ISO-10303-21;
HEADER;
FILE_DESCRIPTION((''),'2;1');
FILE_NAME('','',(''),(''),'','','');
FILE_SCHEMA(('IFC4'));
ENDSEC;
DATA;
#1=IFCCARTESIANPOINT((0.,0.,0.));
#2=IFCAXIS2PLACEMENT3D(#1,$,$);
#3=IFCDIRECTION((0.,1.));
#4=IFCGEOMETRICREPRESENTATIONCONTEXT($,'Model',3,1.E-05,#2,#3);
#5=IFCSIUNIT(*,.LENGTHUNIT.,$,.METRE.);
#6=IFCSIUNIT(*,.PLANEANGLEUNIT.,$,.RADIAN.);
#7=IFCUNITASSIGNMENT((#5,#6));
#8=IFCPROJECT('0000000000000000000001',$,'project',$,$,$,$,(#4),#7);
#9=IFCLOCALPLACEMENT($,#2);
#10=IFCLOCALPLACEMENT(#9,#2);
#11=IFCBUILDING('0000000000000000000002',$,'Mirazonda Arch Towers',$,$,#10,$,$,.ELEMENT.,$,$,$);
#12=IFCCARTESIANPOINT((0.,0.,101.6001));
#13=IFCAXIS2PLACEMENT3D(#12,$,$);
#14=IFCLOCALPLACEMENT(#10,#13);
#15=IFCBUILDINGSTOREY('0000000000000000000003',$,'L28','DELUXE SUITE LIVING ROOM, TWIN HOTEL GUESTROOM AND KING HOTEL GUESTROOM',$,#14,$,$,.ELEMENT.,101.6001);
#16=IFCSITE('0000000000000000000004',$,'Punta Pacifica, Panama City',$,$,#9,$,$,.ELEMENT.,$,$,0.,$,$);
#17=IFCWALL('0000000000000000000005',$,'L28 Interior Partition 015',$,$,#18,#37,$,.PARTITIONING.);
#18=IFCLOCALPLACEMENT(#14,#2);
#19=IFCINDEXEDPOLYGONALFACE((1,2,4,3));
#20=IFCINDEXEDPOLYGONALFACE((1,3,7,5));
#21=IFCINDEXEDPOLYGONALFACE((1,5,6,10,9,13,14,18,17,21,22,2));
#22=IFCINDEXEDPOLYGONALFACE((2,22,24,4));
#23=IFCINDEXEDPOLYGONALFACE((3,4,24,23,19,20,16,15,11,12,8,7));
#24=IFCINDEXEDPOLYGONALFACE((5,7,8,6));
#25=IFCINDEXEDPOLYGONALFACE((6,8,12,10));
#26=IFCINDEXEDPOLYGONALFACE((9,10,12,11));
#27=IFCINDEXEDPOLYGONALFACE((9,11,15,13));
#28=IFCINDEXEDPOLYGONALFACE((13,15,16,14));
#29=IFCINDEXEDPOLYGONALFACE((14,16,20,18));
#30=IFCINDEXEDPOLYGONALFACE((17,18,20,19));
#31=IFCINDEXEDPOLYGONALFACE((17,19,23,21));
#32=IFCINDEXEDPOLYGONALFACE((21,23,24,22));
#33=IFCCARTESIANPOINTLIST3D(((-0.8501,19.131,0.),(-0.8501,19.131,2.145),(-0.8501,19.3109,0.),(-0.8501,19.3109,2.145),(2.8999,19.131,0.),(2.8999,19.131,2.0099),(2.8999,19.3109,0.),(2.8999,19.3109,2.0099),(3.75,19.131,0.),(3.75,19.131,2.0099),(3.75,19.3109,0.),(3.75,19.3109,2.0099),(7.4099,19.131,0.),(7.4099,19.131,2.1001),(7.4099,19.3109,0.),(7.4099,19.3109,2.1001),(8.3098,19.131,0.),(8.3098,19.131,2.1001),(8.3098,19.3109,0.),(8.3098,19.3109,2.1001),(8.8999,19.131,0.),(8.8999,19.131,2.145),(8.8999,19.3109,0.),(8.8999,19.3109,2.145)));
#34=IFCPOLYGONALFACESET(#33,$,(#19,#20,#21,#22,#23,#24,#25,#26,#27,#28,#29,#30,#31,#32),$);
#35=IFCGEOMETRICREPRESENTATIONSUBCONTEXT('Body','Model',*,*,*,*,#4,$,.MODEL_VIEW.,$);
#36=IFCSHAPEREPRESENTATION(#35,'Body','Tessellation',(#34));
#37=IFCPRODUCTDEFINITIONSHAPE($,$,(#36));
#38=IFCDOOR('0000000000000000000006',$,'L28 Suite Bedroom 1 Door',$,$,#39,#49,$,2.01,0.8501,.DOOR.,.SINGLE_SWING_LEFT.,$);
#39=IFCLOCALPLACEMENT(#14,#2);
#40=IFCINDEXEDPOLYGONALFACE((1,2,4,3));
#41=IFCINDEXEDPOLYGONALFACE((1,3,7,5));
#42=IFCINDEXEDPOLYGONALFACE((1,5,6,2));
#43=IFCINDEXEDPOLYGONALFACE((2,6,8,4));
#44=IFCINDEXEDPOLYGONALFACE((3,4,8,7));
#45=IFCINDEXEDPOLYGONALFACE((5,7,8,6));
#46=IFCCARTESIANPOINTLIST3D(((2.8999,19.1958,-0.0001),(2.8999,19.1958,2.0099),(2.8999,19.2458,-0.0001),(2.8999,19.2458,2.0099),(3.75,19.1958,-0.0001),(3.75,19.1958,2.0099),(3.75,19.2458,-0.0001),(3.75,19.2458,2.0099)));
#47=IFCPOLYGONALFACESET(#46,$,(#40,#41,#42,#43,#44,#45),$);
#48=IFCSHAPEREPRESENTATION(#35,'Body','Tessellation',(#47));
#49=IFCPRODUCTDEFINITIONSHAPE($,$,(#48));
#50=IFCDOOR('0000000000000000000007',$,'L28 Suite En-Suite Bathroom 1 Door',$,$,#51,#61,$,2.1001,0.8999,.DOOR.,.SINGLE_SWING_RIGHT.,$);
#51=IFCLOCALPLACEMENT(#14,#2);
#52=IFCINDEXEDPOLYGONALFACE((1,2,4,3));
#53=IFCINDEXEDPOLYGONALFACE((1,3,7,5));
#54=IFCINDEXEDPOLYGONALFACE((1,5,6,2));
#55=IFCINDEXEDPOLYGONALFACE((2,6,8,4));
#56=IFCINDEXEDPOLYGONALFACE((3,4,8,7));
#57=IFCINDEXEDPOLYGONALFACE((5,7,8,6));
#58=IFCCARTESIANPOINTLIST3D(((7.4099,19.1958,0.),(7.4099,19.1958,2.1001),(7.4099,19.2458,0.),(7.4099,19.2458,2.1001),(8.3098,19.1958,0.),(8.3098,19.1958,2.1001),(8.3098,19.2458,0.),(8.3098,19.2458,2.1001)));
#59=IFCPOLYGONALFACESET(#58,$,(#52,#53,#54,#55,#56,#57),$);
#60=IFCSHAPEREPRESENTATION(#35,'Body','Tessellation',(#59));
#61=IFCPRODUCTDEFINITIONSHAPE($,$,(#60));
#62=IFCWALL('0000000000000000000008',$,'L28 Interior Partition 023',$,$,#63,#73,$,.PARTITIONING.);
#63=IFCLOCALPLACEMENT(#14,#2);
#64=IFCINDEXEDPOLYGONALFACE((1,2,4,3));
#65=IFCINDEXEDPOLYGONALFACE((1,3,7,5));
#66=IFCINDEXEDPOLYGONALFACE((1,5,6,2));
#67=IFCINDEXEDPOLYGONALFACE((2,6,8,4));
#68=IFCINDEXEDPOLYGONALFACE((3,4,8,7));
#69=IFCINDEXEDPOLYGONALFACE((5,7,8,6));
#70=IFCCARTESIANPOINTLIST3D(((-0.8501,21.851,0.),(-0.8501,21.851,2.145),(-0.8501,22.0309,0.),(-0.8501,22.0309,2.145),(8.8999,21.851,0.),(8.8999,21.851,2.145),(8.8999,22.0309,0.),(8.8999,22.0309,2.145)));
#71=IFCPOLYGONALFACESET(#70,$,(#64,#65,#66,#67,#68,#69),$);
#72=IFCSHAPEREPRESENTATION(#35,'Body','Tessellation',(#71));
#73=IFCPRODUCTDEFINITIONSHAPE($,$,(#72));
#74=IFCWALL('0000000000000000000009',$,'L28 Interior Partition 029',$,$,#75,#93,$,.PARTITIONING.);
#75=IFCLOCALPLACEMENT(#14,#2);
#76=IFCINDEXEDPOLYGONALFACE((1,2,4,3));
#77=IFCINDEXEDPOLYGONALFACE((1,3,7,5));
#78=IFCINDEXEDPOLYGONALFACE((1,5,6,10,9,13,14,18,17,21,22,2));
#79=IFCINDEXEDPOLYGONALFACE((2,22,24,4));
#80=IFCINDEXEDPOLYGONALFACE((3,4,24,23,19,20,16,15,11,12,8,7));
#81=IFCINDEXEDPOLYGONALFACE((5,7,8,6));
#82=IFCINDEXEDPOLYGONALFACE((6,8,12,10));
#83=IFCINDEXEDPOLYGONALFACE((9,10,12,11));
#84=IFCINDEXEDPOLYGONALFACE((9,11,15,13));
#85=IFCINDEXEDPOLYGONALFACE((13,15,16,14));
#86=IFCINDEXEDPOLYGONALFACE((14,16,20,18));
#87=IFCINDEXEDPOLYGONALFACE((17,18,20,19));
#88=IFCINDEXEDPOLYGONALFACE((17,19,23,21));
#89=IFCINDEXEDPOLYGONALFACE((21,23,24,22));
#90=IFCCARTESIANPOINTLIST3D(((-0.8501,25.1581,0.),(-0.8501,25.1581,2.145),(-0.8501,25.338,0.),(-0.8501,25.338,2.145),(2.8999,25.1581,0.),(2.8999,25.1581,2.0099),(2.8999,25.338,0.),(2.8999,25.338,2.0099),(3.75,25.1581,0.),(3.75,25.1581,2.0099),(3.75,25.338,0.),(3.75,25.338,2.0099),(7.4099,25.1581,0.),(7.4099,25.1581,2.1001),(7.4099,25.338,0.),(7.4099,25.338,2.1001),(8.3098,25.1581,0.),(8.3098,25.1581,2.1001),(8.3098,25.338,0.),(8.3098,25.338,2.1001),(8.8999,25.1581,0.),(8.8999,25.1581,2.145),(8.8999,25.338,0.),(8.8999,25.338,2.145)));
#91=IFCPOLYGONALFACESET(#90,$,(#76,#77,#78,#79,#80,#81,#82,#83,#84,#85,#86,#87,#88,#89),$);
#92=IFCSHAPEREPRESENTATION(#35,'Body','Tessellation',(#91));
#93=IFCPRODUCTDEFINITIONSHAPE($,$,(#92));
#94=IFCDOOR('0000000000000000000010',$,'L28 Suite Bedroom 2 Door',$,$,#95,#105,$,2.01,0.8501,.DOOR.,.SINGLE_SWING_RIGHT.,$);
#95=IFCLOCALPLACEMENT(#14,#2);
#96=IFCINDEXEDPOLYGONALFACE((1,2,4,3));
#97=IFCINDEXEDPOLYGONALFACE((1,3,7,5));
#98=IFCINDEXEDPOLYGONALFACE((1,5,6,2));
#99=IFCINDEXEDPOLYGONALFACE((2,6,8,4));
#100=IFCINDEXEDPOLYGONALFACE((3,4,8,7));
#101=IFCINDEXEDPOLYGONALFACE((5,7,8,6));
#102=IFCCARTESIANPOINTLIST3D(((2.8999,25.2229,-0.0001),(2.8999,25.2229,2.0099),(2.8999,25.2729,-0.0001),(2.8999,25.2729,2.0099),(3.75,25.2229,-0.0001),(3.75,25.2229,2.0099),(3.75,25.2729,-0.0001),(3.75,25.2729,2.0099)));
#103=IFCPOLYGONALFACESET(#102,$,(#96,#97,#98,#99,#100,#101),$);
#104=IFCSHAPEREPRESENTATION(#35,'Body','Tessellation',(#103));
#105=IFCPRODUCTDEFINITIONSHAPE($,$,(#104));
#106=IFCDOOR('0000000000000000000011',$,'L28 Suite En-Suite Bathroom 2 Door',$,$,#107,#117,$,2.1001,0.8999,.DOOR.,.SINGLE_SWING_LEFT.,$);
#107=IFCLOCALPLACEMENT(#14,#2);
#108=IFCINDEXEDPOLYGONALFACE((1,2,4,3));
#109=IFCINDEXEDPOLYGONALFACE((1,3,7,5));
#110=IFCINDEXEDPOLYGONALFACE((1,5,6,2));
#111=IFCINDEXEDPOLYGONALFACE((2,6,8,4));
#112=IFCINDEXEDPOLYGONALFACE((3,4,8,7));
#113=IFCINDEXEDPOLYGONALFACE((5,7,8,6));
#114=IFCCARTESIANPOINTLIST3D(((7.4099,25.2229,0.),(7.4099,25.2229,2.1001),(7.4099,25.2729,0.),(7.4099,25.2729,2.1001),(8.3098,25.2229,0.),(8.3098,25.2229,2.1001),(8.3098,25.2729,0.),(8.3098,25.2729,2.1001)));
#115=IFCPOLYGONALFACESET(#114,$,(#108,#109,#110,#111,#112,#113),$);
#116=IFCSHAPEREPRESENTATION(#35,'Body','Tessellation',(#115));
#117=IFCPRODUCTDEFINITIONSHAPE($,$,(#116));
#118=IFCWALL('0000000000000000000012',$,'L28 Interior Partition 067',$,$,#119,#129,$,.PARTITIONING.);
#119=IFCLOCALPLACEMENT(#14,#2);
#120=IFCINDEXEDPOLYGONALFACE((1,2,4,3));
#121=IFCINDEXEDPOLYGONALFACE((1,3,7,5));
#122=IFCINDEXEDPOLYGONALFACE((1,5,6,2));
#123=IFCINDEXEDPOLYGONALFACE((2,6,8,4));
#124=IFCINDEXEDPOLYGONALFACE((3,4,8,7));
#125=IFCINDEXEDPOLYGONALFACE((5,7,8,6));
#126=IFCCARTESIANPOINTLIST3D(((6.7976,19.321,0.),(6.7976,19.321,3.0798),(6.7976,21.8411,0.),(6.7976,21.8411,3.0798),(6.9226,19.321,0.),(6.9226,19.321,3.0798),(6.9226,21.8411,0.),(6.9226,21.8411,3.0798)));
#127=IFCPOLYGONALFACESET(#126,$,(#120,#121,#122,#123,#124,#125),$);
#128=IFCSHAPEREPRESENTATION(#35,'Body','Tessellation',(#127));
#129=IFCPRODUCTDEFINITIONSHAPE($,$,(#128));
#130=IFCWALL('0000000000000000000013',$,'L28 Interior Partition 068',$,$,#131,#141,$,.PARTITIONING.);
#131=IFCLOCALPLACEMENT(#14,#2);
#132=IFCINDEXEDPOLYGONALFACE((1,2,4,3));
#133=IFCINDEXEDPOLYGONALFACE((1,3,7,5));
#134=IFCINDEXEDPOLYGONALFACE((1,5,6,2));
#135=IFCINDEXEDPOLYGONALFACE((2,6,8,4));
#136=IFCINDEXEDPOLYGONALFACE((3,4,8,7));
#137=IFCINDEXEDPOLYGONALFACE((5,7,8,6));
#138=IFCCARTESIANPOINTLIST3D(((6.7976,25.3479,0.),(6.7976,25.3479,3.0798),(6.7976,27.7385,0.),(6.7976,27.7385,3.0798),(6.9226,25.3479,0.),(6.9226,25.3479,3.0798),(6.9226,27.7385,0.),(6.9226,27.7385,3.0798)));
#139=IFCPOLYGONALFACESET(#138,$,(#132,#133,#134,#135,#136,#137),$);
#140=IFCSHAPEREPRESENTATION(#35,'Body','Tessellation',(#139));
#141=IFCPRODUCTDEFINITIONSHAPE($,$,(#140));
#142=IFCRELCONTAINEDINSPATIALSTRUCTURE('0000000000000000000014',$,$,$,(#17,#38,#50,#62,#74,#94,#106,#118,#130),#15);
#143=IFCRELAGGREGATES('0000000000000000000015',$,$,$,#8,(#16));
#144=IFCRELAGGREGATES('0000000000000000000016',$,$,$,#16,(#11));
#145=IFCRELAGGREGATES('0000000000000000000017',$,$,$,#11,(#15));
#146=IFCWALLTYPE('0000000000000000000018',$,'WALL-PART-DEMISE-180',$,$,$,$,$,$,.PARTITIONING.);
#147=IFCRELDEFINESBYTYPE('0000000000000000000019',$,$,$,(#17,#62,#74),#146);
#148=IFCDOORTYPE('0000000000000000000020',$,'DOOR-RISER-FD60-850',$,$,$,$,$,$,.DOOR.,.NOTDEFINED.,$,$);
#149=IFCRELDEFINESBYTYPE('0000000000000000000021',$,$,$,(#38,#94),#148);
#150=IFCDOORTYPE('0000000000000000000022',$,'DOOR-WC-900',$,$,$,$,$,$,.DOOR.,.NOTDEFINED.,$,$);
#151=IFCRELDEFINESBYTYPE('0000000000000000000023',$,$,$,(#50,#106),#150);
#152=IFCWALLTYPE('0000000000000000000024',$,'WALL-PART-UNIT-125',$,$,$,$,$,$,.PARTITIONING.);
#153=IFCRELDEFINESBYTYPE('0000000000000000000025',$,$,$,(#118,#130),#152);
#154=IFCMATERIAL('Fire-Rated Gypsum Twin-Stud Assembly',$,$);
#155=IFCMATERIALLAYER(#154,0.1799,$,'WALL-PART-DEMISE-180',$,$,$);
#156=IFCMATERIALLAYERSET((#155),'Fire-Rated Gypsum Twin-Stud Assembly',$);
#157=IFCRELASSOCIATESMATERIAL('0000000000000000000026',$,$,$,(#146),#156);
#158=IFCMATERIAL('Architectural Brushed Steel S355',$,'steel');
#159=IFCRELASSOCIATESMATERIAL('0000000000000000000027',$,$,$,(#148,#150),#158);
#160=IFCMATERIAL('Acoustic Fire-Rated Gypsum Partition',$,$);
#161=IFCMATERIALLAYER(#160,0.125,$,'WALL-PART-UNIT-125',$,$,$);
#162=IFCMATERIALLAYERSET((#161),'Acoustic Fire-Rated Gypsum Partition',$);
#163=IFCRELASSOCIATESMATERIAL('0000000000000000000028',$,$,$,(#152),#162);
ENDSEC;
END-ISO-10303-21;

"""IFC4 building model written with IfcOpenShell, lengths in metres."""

from ifc_helpers import new_model, si_unit, direction, frame, frame_2d, origin, place, context, subcontext, project, spatial, rectangle, extrude, material, layer, layer_set, type_object, element, fill, save


model = new_model("IFC4")

# Units and contexts
model_context = context("Model", 3, precision=1e-05, world=origin(), true_north=direction((0.0, 1.0)))
body_context = subcontext(model_context, "Body", "Model", "MODEL_VIEW")
ifc_project = project(units=[si_unit("LENGTHUNIT", "METRE"), si_unit("PLANEANGLEUNIT", "RADIAN")], contexts=[model_context])

# Site, building, storey
site_placement = place(None, origin())
site = spatial("IfcSite", under=ifc_project, at=site_placement, Name="Punta Pacifica, Panama City", CompositionType="ELEMENT", RefElevation=0.0)
building_placement = place(site_placement, origin())
building = spatial("IfcBuilding", under=site, at=building_placement, Name="Mirazonda Arch Towers", CompositionType="ELEMENT")
storey_placement = place(building_placement, frame((0.0, 0.0, 101.6001)))
storey = spatial("IfcBuildingStorey", under=building, at=storey_placement, Name="L28", Description="DELUXE SUITE LIVING ROOM, TWIN HOTEL GUESTROOM AND KING HOTEL GUESTROOM", CompositionType="ELEMENT", Elevation=101.6001)

# Wall, openings, doors
ifc_material_1 = material(Name="Fire-Rated Gypsum Twin-Stud Assembly")
ifc_layer_1 = layer(ifc_material_1, 0.1799, Name="WALL-PART-DEMISE-180")
ifc_layer_set_1 = layer_set([ifc_layer_1], Name="Fire-Rated Gypsum Twin-Stud Assembly")
wall_type_1 = type_object("IfcWallType", Name="WALL-PART-DEMISE-180", PredefinedType="PARTITIONING", material=ifc_layer_set_1)
wall_1_placement = place(storey_placement, frame((-0.8501, 19.2209, 0.0), z_axis=(0.0, 0.0, 1.0), x_axis=(1.0, 0.0, 0.0)))
wall_1 = element("IfcWall", 1, at=wall_1_placement, inside=storey, type_object=wall_type_1, Name="L28 Interior Partition 015", PredefinedType="PARTITIONING", context=body_context, shape_type="SweptSolid", body=[
    extrude(rectangle(XDim=9.75, YDim=0.1799, at=frame_2d((4.875, 0.0))), origin(), (0.0, 0.0, 1.0), 2.145),
])
opening_1_placement = place(wall_1_placement, frame((3.75, 0.0, 0.0)))
opening_1 = element("IfcOpeningElement", 2, at=opening_1_placement, cuts=wall_1, PredefinedType="OPENING", context=body_context, shape_type="SweptSolid", body=[
    extrude(rectangle(XDim=0.8501, YDim=2.01, at=frame_2d((0.425, 1.0049))), frame((0.0, 0.0999, 0.0), z_axis=(0.0, -1.0, 0.0), x_axis=(1.0, 0.0, 0.0)), (0.0, 0.0, 1.0), 0.2),
])
opening_2_placement = place(wall_1_placement, frame((8.26, 0.0, 0.0)))
opening_2 = element("IfcOpeningElement", 3, at=opening_2_placement, cuts=wall_1, PredefinedType="OPENING", context=body_context, shape_type="SweptSolid", body=[
    extrude(rectangle(XDim=0.8999, YDim=2.1001, at=frame_2d((0.45, 1.05))), frame((0.0, 0.0999, 0.0), z_axis=(0.0, -1.0, 0.0), x_axis=(1.0, 0.0, 0.0)), (0.0, 0.0, 1.0), 0.2),
])
ifc_material_2 = material(Name="Architectural Brushed Steel S355", Category="steel")
door_type_1 = type_object("IfcDoorType", Name="DOOR-RISER-FD60-850", OperationType="NOTDEFINED", PredefinedType="DOOR", material=ifc_material_2)
door_1_placement = place(opening_1_placement, origin())
door_1 = element("IfcDoor", 4, at=door_1_placement, inside=storey, type_object=door_type_1, Name="L28 Suite Bedroom 1 Door", OperationType="SINGLE_SWING_LEFT", OverallHeight=2.01, OverallWidth=0.8501, PredefinedType="DOOR", context=body_context, shape_type="SweptSolid", body=[
    extrude(rectangle(XDim=0.8501, YDim=2.01, at=frame_2d((0.425, 1.0049))), frame((0.0, 0.0249, 0.0), z_axis=(0.0, -1.0, 0.0), x_axis=(1.0, 0.0, 0.0)), (0.0, 0.0, 1.0), 0.05),
])
fill(opening_1, door_1)
door_type_2 = type_object("IfcDoorType", Name="DOOR-WC-900", OperationType="NOTDEFINED", PredefinedType="DOOR", material=ifc_material_2)
door_2_placement = place(opening_2_placement, origin())
door_2 = element("IfcDoor", 5, at=door_2_placement, inside=storey, type_object=door_type_2, Name="L28 Suite En-Suite Bathroom 1 Door", OperationType="SINGLE_SWING_RIGHT", OverallHeight=2.1001, OverallWidth=0.8999, PredefinedType="DOOR", context=body_context, shape_type="SweptSolid", body=[
    extrude(rectangle(XDim=0.8999, YDim=2.1001, at=frame_2d((0.45, 1.05))), frame((0.0, 0.0249, 0.0), z_axis=(0.0, -1.0, 0.0), x_axis=(1.0, 0.0, 0.0)), (0.0, 0.0, 1.0), 0.05),
])
fill(opening_2, door_2)

# Wall
wall_2_placement = place(storey_placement, frame((-0.8501, 21.9409, 0.0), z_axis=(0.0, 0.0, 1.0), x_axis=(1.0, 0.0, 0.0)))
element("IfcWall", 6, at=wall_2_placement, inside=storey, type_object=wall_type_1, Name="L28 Interior Partition 023", PredefinedType="PARTITIONING", context=body_context, shape_type="SweptSolid", body=[
    extrude(rectangle(XDim=9.75, YDim=0.1799, at=frame_2d((4.875, 0.0))), origin(), (0.0, 0.0, 1.0), 2.145),
])

# Wall, openings, doors
wall_3_placement = place(storey_placement, frame((-0.8501, 25.248, 0.0), z_axis=(0.0, 0.0, 1.0), x_axis=(1.0, 0.0, 0.0)))
wall_3 = element("IfcWall", 7, at=wall_3_placement, inside=storey, type_object=wall_type_1, Name="L28 Interior Partition 029", PredefinedType="PARTITIONING", context=body_context, shape_type="SweptSolid", body=[
    extrude(rectangle(XDim=9.75, YDim=0.1799, at=frame_2d((4.875, 0.0))), origin(), (0.0, 0.0, 1.0), 2.145),
])
opening_3_placement = place(wall_3_placement, frame((3.75, 0.0, 0.0)))
opening_3 = element("IfcOpeningElement", 8, at=opening_3_placement, cuts=wall_3, PredefinedType="OPENING", context=body_context, shape_type="SweptSolid", body=[
    extrude(rectangle(XDim=0.8501, YDim=2.01, at=frame_2d((0.425, 1.0049))), frame((0.0, 0.0999, 0.0), z_axis=(0.0, -1.0, 0.0), x_axis=(1.0, 0.0, 0.0)), (0.0, 0.0, 1.0), 0.2),
])
opening_4_placement = place(wall_3_placement, frame((8.26, 0.0, 0.0)))
opening_4 = element("IfcOpeningElement", 9, at=opening_4_placement, cuts=wall_3, PredefinedType="OPENING", context=body_context, shape_type="SweptSolid", body=[
    extrude(rectangle(XDim=0.8999, YDim=2.1001, at=frame_2d((0.45, 1.05))), frame((0.0, 0.0999, 0.0), z_axis=(0.0, -1.0, 0.0), x_axis=(1.0, 0.0, 0.0)), (0.0, 0.0, 1.0), 0.2),
])
door_3_placement = place(opening_3_placement, origin())
door_3 = element("IfcDoor", 10, at=door_3_placement, inside=storey, type_object=door_type_1, Name="L28 Suite Bedroom 2 Door", OperationType="SINGLE_SWING_RIGHT", OverallHeight=2.01, OverallWidth=0.8501, PredefinedType="DOOR", context=body_context, shape_type="SweptSolid", body=[
    extrude(rectangle(XDim=0.8501, YDim=2.01, at=frame_2d((0.425, 1.0049))), frame((0.0, 0.0249, 0.0), z_axis=(0.0, -1.0, 0.0), x_axis=(1.0, 0.0, 0.0)), (0.0, 0.0, 1.0), 0.05),
])
fill(opening_3, door_3)
door_4_placement = place(opening_4_placement, origin())
door_4 = element("IfcDoor", 11, at=door_4_placement, inside=storey, type_object=door_type_2, Name="L28 Suite En-Suite Bathroom 2 Door", OperationType="SINGLE_SWING_LEFT", OverallHeight=2.1001, OverallWidth=0.8999, PredefinedType="DOOR", context=body_context, shape_type="SweptSolid", body=[
    extrude(rectangle(XDim=0.8999, YDim=2.1001, at=frame_2d((0.45, 1.05))), frame((0.0, 0.0249, 0.0), z_axis=(0.0, -1.0, 0.0), x_axis=(1.0, 0.0, 0.0)), (0.0, 0.0, 1.0), 0.05),
])
fill(opening_4, door_4)

# Walls
ifc_material_3 = material(Name="Acoustic Fire-Rated Gypsum Partition")
ifc_layer_2 = layer(ifc_material_3, 0.125, Name="WALL-PART-UNIT-125")
ifc_layer_set_2 = layer_set([ifc_layer_2], Name="Acoustic Fire-Rated Gypsum Partition")
wall_type_2 = type_object("IfcWallType", Name="WALL-PART-UNIT-125", PredefinedType="PARTITIONING", material=ifc_layer_set_2)
wall_4_placement = place(storey_placement, frame((6.8601, 19.321, 0.0), z_axis=(0.0, 0.0, 1.0), x_axis=(0.0, 1.0, 0.0)))
element("IfcWall", 12, at=wall_4_placement, inside=storey, type_object=wall_type_2, Name="L28 Interior Partition 067", PredefinedType="PARTITIONING", context=body_context, shape_type="SweptSolid", body=[
    extrude(rectangle(XDim=2.52, YDim=0.125, at=frame_2d((1.26, 0.0))), origin(), (0.0, 0.0, 1.0), 3.0798),
])
wall_5_placement = place(storey_placement, frame((6.8601, 25.3479, 0.0), z_axis=(0.0, 0.0, 1.0), x_axis=(0.0, 1.0, 0.0)))
element("IfcWall", 13, at=wall_5_placement, inside=storey, type_object=wall_type_2, Name="L28 Interior Partition 068", PredefinedType="PARTITIONING", context=body_context, shape_type="SweptSolid", body=[
    extrude(rectangle(XDim=2.3906, YDim=0.125, at=frame_2d((1.1953, 0.0))), origin(), (0.0, 0.0, 1.0), 3.0798),
])

save(model, "model.ifc")
